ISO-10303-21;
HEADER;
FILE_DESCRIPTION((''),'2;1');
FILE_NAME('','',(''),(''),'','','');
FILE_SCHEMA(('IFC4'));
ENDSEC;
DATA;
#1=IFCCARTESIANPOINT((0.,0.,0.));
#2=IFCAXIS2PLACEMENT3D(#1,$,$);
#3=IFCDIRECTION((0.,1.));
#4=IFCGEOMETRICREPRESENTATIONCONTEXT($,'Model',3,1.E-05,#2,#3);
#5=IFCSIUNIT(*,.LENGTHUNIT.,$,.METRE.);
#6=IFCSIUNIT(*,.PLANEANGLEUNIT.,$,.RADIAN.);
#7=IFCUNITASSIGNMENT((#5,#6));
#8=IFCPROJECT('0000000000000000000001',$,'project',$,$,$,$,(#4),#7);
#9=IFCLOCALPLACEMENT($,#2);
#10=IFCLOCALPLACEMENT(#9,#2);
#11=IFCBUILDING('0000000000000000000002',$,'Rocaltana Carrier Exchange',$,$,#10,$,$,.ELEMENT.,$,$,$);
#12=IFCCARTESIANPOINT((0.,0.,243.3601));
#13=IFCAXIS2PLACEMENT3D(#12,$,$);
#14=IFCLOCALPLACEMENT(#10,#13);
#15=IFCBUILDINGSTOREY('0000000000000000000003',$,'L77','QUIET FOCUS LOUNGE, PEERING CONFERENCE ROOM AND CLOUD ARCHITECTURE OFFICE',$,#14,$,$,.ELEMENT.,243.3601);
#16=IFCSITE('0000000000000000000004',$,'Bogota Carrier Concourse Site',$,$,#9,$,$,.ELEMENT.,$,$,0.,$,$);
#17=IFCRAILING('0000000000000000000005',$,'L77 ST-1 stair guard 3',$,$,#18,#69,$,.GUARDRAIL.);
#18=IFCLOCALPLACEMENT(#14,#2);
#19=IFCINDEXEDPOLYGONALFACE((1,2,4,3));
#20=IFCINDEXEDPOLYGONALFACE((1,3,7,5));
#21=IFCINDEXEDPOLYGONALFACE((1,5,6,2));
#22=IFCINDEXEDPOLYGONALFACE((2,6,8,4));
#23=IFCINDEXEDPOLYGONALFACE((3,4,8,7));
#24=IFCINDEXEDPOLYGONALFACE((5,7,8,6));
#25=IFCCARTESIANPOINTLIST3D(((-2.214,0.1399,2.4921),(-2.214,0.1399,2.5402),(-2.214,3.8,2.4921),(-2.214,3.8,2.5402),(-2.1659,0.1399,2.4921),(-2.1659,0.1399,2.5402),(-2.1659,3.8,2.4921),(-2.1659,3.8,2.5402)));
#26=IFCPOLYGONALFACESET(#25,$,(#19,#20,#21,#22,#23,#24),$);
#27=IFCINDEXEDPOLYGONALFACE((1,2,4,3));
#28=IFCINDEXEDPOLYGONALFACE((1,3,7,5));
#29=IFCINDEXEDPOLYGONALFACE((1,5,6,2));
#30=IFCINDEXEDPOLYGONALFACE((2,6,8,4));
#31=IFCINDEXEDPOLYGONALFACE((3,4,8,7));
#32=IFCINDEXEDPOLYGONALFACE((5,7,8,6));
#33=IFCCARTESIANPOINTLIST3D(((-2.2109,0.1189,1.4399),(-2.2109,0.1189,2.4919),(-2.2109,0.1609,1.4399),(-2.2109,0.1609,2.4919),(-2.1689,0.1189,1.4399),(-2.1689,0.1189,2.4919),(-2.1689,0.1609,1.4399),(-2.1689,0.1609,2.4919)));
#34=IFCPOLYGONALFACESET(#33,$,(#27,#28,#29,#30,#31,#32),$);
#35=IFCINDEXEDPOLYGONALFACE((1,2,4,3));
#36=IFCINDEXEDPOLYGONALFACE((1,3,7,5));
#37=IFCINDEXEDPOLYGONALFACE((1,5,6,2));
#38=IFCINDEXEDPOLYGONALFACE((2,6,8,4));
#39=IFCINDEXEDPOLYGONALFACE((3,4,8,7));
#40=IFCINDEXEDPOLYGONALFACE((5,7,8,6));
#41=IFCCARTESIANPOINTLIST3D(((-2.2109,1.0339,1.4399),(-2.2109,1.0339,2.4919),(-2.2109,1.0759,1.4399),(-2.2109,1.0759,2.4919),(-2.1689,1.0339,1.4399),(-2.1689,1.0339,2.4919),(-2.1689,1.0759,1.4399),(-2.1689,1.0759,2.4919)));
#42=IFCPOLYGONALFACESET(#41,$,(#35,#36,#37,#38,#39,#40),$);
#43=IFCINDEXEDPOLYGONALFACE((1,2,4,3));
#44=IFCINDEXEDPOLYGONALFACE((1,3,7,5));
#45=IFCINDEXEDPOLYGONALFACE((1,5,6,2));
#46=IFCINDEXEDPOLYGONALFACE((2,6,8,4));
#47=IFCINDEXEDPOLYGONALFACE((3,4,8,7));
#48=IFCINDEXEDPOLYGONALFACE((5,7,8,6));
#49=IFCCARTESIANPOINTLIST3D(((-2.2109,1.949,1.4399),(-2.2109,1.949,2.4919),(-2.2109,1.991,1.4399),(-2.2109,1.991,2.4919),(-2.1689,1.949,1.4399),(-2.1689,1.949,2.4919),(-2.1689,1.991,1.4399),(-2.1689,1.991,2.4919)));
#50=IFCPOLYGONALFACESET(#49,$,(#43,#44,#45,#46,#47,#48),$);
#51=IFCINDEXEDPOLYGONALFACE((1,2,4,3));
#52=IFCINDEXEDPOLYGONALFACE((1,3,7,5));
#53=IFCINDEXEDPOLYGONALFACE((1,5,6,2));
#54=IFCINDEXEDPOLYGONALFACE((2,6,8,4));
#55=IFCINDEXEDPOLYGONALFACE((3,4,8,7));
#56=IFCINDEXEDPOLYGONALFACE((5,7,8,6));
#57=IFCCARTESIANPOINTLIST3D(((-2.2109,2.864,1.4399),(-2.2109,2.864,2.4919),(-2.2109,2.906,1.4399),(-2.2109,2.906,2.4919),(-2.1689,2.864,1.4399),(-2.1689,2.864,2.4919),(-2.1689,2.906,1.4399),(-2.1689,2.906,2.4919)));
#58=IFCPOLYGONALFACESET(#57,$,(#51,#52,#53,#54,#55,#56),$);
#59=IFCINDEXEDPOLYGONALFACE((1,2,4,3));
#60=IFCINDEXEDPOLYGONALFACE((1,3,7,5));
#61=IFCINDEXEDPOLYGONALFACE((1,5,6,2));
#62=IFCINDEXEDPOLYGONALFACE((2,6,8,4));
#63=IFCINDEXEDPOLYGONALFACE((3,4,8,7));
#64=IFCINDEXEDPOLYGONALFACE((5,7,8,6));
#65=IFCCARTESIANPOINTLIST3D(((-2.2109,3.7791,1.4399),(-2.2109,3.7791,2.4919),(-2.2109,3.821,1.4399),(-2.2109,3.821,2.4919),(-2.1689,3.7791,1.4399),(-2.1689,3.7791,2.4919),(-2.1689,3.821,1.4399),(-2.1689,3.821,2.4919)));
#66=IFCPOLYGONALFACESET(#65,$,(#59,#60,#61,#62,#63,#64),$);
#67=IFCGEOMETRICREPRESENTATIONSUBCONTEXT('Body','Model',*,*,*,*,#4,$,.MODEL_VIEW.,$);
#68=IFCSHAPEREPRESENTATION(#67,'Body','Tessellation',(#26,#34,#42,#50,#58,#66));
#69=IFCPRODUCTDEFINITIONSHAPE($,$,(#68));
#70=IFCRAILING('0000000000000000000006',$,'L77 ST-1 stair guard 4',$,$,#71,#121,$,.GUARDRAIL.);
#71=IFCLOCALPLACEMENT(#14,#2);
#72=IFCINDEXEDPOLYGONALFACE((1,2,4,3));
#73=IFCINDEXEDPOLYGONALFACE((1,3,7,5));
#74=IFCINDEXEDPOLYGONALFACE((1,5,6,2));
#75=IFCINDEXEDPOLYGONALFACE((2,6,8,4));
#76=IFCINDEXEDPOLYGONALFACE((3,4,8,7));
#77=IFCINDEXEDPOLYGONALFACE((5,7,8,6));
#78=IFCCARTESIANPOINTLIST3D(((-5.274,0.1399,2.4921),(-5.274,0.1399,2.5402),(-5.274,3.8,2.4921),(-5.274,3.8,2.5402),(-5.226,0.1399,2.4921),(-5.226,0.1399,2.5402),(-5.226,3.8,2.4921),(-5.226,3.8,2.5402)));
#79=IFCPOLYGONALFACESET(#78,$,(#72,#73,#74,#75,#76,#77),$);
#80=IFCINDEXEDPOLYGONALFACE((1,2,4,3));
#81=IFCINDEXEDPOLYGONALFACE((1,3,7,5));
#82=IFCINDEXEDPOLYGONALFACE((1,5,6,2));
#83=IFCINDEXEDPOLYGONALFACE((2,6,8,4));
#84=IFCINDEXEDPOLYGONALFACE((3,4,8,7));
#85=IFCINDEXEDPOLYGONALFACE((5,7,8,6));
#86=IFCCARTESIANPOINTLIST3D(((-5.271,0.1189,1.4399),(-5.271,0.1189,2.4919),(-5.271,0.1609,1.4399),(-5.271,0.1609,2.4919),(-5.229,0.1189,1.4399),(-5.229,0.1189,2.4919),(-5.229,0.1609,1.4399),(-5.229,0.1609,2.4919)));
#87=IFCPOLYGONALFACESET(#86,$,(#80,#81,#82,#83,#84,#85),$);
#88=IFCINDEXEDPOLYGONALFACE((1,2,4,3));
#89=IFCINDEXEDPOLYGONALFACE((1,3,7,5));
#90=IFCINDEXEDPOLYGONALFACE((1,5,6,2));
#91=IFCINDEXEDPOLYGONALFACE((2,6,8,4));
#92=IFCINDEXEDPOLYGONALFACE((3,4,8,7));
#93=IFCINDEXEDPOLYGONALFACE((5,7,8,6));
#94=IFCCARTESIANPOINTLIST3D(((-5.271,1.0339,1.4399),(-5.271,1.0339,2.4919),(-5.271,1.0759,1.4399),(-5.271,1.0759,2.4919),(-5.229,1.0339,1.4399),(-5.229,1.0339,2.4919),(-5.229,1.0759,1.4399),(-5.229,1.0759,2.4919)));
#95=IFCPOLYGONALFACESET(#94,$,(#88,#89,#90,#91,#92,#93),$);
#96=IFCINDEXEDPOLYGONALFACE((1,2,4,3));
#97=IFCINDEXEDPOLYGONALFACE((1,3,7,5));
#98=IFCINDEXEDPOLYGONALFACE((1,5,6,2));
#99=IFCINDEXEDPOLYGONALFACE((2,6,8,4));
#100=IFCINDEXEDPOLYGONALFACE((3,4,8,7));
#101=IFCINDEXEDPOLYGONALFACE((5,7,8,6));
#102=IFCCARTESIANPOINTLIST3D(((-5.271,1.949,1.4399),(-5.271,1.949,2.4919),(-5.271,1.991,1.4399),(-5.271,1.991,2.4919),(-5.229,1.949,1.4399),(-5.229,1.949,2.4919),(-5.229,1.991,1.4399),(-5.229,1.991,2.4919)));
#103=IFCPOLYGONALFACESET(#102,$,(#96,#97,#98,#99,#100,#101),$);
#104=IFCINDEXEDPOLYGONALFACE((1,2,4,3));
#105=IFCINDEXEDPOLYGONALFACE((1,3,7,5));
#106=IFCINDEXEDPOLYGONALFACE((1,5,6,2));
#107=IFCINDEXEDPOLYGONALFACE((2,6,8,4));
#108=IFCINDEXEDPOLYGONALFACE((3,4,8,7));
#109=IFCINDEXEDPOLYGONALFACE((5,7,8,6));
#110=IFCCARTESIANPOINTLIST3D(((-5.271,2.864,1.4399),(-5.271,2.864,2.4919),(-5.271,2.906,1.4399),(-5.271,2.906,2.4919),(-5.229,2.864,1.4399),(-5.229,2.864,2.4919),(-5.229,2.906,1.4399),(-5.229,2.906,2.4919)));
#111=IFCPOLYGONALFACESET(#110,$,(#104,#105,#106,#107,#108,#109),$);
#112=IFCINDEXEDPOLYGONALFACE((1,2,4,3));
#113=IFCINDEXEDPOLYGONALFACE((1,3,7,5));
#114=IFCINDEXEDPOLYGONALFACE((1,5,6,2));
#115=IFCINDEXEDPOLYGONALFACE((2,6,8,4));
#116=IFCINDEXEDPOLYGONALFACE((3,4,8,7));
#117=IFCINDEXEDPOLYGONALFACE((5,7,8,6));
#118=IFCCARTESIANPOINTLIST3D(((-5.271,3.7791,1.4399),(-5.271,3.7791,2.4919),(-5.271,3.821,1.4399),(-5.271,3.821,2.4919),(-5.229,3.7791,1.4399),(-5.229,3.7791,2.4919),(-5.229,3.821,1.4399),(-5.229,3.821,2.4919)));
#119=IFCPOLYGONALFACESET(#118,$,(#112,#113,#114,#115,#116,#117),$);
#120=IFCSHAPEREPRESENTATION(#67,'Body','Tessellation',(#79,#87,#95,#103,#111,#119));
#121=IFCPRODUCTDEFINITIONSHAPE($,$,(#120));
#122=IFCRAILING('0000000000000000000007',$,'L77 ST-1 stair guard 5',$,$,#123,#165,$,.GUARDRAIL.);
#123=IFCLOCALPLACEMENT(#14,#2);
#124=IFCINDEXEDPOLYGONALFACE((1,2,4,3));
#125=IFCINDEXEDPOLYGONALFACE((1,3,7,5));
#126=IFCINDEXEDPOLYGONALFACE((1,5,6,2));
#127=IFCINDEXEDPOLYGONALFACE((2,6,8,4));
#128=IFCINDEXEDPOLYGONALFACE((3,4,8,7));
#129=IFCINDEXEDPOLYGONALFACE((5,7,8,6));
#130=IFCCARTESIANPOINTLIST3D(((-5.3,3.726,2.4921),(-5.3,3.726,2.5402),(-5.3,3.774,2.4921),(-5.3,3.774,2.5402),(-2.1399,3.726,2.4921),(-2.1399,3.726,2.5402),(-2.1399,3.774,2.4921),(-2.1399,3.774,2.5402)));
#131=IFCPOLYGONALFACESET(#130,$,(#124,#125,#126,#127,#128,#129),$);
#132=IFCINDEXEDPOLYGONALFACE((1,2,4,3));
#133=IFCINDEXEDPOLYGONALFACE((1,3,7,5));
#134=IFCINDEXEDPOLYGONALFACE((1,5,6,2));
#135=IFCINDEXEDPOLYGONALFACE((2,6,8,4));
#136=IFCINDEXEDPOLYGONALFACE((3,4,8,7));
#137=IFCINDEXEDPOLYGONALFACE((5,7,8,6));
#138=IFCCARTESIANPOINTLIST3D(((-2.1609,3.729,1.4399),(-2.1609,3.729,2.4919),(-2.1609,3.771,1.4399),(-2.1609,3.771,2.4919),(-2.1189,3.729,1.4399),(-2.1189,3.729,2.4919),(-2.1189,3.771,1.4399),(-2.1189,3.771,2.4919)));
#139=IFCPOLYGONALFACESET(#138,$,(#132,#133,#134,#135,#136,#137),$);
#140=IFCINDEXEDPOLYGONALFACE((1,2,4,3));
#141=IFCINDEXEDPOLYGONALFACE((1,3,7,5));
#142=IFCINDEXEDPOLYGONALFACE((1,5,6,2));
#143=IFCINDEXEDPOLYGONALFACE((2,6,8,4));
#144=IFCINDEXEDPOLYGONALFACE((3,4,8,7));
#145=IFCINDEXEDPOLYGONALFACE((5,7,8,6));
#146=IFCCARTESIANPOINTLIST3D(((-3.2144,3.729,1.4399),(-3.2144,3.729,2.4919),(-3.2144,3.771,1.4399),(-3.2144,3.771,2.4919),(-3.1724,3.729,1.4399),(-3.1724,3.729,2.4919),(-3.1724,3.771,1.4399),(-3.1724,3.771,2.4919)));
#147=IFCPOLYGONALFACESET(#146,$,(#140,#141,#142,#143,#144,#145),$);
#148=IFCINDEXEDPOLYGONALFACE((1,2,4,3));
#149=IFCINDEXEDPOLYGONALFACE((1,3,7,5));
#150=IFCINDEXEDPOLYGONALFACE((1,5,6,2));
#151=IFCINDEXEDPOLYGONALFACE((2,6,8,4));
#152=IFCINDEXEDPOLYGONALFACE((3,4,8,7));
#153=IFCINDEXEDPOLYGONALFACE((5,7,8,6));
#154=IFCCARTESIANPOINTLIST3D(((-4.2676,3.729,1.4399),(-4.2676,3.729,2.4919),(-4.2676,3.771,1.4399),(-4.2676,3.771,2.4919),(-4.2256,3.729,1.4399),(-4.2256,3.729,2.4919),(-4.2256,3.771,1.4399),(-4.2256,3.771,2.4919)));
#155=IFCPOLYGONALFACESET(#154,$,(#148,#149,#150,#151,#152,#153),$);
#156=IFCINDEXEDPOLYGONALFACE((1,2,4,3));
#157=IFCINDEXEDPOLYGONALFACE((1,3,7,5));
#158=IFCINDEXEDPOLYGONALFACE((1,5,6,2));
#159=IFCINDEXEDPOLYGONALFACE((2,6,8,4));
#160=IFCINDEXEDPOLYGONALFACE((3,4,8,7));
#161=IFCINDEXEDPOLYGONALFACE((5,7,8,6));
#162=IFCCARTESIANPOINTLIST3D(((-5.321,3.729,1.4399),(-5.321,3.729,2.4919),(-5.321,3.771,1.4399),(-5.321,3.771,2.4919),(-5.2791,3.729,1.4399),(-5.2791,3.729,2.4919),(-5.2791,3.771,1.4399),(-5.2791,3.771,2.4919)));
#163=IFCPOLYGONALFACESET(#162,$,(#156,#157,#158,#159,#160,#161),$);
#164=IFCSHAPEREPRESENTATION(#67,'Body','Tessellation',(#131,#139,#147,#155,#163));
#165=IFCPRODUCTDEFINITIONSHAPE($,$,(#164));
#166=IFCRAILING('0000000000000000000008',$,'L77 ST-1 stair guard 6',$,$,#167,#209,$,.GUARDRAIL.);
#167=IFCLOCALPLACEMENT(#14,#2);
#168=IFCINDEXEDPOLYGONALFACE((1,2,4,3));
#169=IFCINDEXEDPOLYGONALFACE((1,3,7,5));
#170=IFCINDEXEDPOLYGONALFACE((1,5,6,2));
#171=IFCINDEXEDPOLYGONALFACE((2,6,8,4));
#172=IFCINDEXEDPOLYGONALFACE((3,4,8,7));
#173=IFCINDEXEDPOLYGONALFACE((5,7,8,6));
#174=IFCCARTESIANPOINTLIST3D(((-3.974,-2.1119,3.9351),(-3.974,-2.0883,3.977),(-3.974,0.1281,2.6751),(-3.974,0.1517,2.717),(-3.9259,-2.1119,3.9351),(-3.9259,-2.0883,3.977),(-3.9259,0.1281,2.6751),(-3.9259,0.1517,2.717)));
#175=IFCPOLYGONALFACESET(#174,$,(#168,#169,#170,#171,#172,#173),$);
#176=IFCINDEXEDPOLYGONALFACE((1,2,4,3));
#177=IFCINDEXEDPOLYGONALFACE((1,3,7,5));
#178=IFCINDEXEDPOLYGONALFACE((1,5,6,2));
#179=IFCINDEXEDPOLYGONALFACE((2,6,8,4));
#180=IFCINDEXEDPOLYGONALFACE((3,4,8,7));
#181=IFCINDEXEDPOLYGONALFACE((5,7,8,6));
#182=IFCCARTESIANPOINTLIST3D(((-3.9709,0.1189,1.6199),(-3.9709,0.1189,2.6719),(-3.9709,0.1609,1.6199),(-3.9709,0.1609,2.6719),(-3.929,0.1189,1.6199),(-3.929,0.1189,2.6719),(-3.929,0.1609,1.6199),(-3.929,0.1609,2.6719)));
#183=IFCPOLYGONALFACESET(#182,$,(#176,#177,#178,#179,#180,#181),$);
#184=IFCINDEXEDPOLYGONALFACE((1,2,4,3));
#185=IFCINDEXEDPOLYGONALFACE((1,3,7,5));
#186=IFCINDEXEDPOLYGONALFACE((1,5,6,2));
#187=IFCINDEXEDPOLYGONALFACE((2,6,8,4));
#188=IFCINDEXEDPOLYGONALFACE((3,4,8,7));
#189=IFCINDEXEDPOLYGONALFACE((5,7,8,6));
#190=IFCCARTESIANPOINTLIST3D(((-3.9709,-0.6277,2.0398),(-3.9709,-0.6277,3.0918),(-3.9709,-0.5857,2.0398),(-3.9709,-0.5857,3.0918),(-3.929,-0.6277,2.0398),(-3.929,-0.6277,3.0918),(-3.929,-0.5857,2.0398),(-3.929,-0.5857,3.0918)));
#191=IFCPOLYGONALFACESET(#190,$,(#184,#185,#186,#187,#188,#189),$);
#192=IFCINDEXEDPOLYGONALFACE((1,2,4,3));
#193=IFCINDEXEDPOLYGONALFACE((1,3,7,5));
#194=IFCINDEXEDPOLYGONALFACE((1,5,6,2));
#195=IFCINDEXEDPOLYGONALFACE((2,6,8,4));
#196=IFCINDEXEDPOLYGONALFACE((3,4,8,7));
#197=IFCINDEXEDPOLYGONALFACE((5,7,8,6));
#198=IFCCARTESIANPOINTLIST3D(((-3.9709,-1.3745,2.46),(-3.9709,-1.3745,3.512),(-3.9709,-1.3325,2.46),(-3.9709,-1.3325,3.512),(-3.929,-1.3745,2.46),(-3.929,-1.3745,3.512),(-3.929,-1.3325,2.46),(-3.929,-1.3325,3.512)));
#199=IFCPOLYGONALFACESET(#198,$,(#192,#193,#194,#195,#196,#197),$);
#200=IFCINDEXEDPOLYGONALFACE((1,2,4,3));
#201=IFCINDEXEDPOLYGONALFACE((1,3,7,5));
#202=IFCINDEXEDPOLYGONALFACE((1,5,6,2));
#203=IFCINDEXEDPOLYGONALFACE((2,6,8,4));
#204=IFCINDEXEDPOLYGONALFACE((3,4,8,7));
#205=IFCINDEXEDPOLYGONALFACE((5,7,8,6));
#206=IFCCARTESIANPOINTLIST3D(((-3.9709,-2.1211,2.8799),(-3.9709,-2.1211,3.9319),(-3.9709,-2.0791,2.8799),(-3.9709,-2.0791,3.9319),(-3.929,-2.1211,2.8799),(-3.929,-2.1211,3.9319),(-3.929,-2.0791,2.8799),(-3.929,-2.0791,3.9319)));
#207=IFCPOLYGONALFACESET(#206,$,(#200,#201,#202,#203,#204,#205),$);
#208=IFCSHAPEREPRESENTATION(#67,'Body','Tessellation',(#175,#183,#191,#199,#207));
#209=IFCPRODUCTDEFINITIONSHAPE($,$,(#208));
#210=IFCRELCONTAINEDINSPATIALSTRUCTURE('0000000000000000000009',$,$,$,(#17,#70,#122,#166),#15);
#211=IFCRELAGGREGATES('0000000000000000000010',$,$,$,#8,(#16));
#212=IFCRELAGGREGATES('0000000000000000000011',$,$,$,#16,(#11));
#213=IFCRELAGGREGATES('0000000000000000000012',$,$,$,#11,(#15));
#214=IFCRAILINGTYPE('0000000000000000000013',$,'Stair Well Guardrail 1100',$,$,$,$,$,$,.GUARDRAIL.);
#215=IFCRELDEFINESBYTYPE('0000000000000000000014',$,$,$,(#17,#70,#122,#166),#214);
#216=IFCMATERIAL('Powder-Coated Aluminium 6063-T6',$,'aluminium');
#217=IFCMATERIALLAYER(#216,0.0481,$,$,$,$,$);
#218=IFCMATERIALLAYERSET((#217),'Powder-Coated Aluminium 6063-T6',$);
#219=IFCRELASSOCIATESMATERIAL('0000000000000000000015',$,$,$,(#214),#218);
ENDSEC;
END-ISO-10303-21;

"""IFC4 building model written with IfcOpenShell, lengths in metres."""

from ifc_helpers import new_model, si_unit, direction, frame, origin, origin_2d, place, context, subcontext, project, spatial, rectangle, extrude, material, layer, layer_set, type_object, element, save


model = new_model("IFC4")

# Units and contexts
model_context = context("Model", 3, precision=1e-05, world=origin(), true_north=direction((0.0, 1.0)))
body_context = subcontext(model_context, "Body", "Model", "MODEL_VIEW")
ifc_project = project(units=[si_unit("LENGTHUNIT", "METRE"), si_unit("PLANEANGLEUNIT", "RADIAN")], contexts=[model_context])

# Site, building, storey
site_placement = place(None, origin())
site = spatial("IfcSite", under=ifc_project, at=site_placement, Name="Bogota Carrier Concourse Site", CompositionType="ELEMENT", RefElevation=0.0)
building_placement = place(site_placement, origin())
building = spatial("IfcBuilding", under=site, at=building_placement, Name="Rocaltana Carrier Exchange", CompositionType="ELEMENT")
storey_placement = place(building_placement, frame((0.0, 0.0, 243.3601)))
storey = spatial("IfcBuildingStorey", under=building, at=storey_placement, Name="L77", Description="QUIET FOCUS LOUNGE, PEERING CONFERENCE ROOM AND CLOUD ARCHITECTURE OFFICE", CompositionType="ELEMENT", Elevation=243.3601)

# Railings
ifc_material_1 = material(Name="Powder-Coated Aluminium 6063-T6", Category="aluminium")
ifc_layer_1 = layer(ifc_material_1, 0.0481)
ifc_layer_set_1 = layer_set([ifc_layer_1], Name="Powder-Coated Aluminium 6063-T6")
railing_type_1 = type_object("IfcRailingType", Name="Stair Well Guardrail 1100", PredefinedType="GUARDRAIL", material=ifc_layer_set_1)
for number, where, name in (
    (1, (-2.1899, 0.1399, 1.4399), "L77 ST-1 stair guard 3"),
    (2, (-5.25, 0.1399, 1.4399), "L77 ST-1 stair guard 4"),
):
    element("IfcRailing", number, at=place(storey_placement, frame(where)), inside=storey, type_object=railing_type_1, Name=name, PredefinedType="GUARDRAIL", context=body_context, shape_type="SweptSolid", body=[
        extrude(rectangle(XDim=0.0481, YDim=0.0481, at=origin_2d()), frame((0.0, 0.0, 1.0762), z_axis=(0.0, 1.0, 0.0), x_axis=(-1.0, 0.0, 0.0)), (0.0, 0.0, 1.0), 3.6602),
        extrude(rectangle(XDim=0.042, YDim=0.042, at=origin_2d()), origin(), (0.0, 0.0, 1.0), 1.052),
        extrude(rectangle(XDim=0.042, YDim=0.042, at=origin_2d()), frame((0.0, 0.915, 0.0)), (0.0, 0.0, 1.0), 1.052),
        extrude(rectangle(XDim=0.042, YDim=0.042, at=origin_2d()), frame((0.0, 1.8301, 0.0)), (0.0, 0.0, 1.0), 1.052),
        extrude(rectangle(XDim=0.042, YDim=0.042, at=origin_2d()), frame((0.0, 2.7451, 0.0)), (0.0, 0.0, 1.0), 1.052),
        extrude(rectangle(XDim=0.042, YDim=0.042, at=origin_2d()), frame((0.0, 3.6602, 0.0)), (0.0, 0.0, 1.0), 1.052),
    ])
railing_1_placement = place(storey_placement, frame((-2.1399, 3.75, 1.4399)))
element("IfcRailing", 3, at=railing_1_placement, inside=storey, type_object=railing_type_1, Name="L77 ST-1 stair guard 5", PredefinedType="GUARDRAIL", context=body_context, shape_type="SweptSolid", body=[
    extrude(rectangle(XDim=0.0481, YDim=0.0481, at=origin_2d()), frame((0.0, 0.0, 1.0762), z_axis=(-1.0, 0.0, 0.0), x_axis=(0.0, -1.0, 0.0)), (0.0, 0.0, 1.0), 3.1602),
    extrude(rectangle(XDim=0.042, YDim=0.042, at=origin_2d()), origin(), (0.0, 0.0, 1.0), 1.052),
    extrude(rectangle(XDim=0.042, YDim=0.042, at=origin_2d()), frame((-1.0535, 0.0, 0.0)), (0.0, 0.0, 1.0), 1.052),
    extrude(rectangle(XDim=0.042, YDim=0.042, at=origin_2d()), frame((-2.1067, 0.0, 0.0)), (0.0, 0.0, 1.0), 1.052),
    extrude(rectangle(XDim=0.042, YDim=0.042, at=origin_2d()), frame((-3.1602, 0.0, 0.0)), (0.0, 0.0, 1.0), 1.052),
])
railing_2_placement = place(storey_placement, frame((-3.95, 0.1399, 1.6199)))
element("IfcRailing", 4, at=railing_2_placement, inside=storey, type_object=railing_type_1, Name="L77 ST-1 stair guard 6", PredefinedType="GUARDRAIL", context=body_context, shape_type="SweptSolid", body=[
    extrude(rectangle(XDim=0.0481, YDim=0.0481, at=origin_2d()), frame((0.0, 0.0, 1.0762), z_axis=(0.0, -0.871573, 0.490266), x_axis=(1.0, 0.0, 0.0)), (0.0, 0.0, 1.0), 2.5701),
    extrude(rectangle(XDim=0.042, YDim=0.042, at=origin_2d()), origin(), (0.0, 0.0, 1.0), 1.052),
    extrude(rectangle(XDim=0.042, YDim=0.042, at=origin_2d()), frame((0.0, -0.7466, 0.4199)), (0.0, 0.0, 1.0), 1.052),
    extrude(rectangle(XDim=0.042, YDim=0.042, at=origin_2d()), frame((0.0, -1.4934, 0.8401)), (0.0, 0.0, 1.0), 1.052),
    extrude(rectangle(XDim=0.042, YDim=0.042, at=origin_2d()), frame((0.0, -2.24, 1.26)), (0.0, 0.0, 1.0), 1.052),
])

save(model, "model.ifc")
